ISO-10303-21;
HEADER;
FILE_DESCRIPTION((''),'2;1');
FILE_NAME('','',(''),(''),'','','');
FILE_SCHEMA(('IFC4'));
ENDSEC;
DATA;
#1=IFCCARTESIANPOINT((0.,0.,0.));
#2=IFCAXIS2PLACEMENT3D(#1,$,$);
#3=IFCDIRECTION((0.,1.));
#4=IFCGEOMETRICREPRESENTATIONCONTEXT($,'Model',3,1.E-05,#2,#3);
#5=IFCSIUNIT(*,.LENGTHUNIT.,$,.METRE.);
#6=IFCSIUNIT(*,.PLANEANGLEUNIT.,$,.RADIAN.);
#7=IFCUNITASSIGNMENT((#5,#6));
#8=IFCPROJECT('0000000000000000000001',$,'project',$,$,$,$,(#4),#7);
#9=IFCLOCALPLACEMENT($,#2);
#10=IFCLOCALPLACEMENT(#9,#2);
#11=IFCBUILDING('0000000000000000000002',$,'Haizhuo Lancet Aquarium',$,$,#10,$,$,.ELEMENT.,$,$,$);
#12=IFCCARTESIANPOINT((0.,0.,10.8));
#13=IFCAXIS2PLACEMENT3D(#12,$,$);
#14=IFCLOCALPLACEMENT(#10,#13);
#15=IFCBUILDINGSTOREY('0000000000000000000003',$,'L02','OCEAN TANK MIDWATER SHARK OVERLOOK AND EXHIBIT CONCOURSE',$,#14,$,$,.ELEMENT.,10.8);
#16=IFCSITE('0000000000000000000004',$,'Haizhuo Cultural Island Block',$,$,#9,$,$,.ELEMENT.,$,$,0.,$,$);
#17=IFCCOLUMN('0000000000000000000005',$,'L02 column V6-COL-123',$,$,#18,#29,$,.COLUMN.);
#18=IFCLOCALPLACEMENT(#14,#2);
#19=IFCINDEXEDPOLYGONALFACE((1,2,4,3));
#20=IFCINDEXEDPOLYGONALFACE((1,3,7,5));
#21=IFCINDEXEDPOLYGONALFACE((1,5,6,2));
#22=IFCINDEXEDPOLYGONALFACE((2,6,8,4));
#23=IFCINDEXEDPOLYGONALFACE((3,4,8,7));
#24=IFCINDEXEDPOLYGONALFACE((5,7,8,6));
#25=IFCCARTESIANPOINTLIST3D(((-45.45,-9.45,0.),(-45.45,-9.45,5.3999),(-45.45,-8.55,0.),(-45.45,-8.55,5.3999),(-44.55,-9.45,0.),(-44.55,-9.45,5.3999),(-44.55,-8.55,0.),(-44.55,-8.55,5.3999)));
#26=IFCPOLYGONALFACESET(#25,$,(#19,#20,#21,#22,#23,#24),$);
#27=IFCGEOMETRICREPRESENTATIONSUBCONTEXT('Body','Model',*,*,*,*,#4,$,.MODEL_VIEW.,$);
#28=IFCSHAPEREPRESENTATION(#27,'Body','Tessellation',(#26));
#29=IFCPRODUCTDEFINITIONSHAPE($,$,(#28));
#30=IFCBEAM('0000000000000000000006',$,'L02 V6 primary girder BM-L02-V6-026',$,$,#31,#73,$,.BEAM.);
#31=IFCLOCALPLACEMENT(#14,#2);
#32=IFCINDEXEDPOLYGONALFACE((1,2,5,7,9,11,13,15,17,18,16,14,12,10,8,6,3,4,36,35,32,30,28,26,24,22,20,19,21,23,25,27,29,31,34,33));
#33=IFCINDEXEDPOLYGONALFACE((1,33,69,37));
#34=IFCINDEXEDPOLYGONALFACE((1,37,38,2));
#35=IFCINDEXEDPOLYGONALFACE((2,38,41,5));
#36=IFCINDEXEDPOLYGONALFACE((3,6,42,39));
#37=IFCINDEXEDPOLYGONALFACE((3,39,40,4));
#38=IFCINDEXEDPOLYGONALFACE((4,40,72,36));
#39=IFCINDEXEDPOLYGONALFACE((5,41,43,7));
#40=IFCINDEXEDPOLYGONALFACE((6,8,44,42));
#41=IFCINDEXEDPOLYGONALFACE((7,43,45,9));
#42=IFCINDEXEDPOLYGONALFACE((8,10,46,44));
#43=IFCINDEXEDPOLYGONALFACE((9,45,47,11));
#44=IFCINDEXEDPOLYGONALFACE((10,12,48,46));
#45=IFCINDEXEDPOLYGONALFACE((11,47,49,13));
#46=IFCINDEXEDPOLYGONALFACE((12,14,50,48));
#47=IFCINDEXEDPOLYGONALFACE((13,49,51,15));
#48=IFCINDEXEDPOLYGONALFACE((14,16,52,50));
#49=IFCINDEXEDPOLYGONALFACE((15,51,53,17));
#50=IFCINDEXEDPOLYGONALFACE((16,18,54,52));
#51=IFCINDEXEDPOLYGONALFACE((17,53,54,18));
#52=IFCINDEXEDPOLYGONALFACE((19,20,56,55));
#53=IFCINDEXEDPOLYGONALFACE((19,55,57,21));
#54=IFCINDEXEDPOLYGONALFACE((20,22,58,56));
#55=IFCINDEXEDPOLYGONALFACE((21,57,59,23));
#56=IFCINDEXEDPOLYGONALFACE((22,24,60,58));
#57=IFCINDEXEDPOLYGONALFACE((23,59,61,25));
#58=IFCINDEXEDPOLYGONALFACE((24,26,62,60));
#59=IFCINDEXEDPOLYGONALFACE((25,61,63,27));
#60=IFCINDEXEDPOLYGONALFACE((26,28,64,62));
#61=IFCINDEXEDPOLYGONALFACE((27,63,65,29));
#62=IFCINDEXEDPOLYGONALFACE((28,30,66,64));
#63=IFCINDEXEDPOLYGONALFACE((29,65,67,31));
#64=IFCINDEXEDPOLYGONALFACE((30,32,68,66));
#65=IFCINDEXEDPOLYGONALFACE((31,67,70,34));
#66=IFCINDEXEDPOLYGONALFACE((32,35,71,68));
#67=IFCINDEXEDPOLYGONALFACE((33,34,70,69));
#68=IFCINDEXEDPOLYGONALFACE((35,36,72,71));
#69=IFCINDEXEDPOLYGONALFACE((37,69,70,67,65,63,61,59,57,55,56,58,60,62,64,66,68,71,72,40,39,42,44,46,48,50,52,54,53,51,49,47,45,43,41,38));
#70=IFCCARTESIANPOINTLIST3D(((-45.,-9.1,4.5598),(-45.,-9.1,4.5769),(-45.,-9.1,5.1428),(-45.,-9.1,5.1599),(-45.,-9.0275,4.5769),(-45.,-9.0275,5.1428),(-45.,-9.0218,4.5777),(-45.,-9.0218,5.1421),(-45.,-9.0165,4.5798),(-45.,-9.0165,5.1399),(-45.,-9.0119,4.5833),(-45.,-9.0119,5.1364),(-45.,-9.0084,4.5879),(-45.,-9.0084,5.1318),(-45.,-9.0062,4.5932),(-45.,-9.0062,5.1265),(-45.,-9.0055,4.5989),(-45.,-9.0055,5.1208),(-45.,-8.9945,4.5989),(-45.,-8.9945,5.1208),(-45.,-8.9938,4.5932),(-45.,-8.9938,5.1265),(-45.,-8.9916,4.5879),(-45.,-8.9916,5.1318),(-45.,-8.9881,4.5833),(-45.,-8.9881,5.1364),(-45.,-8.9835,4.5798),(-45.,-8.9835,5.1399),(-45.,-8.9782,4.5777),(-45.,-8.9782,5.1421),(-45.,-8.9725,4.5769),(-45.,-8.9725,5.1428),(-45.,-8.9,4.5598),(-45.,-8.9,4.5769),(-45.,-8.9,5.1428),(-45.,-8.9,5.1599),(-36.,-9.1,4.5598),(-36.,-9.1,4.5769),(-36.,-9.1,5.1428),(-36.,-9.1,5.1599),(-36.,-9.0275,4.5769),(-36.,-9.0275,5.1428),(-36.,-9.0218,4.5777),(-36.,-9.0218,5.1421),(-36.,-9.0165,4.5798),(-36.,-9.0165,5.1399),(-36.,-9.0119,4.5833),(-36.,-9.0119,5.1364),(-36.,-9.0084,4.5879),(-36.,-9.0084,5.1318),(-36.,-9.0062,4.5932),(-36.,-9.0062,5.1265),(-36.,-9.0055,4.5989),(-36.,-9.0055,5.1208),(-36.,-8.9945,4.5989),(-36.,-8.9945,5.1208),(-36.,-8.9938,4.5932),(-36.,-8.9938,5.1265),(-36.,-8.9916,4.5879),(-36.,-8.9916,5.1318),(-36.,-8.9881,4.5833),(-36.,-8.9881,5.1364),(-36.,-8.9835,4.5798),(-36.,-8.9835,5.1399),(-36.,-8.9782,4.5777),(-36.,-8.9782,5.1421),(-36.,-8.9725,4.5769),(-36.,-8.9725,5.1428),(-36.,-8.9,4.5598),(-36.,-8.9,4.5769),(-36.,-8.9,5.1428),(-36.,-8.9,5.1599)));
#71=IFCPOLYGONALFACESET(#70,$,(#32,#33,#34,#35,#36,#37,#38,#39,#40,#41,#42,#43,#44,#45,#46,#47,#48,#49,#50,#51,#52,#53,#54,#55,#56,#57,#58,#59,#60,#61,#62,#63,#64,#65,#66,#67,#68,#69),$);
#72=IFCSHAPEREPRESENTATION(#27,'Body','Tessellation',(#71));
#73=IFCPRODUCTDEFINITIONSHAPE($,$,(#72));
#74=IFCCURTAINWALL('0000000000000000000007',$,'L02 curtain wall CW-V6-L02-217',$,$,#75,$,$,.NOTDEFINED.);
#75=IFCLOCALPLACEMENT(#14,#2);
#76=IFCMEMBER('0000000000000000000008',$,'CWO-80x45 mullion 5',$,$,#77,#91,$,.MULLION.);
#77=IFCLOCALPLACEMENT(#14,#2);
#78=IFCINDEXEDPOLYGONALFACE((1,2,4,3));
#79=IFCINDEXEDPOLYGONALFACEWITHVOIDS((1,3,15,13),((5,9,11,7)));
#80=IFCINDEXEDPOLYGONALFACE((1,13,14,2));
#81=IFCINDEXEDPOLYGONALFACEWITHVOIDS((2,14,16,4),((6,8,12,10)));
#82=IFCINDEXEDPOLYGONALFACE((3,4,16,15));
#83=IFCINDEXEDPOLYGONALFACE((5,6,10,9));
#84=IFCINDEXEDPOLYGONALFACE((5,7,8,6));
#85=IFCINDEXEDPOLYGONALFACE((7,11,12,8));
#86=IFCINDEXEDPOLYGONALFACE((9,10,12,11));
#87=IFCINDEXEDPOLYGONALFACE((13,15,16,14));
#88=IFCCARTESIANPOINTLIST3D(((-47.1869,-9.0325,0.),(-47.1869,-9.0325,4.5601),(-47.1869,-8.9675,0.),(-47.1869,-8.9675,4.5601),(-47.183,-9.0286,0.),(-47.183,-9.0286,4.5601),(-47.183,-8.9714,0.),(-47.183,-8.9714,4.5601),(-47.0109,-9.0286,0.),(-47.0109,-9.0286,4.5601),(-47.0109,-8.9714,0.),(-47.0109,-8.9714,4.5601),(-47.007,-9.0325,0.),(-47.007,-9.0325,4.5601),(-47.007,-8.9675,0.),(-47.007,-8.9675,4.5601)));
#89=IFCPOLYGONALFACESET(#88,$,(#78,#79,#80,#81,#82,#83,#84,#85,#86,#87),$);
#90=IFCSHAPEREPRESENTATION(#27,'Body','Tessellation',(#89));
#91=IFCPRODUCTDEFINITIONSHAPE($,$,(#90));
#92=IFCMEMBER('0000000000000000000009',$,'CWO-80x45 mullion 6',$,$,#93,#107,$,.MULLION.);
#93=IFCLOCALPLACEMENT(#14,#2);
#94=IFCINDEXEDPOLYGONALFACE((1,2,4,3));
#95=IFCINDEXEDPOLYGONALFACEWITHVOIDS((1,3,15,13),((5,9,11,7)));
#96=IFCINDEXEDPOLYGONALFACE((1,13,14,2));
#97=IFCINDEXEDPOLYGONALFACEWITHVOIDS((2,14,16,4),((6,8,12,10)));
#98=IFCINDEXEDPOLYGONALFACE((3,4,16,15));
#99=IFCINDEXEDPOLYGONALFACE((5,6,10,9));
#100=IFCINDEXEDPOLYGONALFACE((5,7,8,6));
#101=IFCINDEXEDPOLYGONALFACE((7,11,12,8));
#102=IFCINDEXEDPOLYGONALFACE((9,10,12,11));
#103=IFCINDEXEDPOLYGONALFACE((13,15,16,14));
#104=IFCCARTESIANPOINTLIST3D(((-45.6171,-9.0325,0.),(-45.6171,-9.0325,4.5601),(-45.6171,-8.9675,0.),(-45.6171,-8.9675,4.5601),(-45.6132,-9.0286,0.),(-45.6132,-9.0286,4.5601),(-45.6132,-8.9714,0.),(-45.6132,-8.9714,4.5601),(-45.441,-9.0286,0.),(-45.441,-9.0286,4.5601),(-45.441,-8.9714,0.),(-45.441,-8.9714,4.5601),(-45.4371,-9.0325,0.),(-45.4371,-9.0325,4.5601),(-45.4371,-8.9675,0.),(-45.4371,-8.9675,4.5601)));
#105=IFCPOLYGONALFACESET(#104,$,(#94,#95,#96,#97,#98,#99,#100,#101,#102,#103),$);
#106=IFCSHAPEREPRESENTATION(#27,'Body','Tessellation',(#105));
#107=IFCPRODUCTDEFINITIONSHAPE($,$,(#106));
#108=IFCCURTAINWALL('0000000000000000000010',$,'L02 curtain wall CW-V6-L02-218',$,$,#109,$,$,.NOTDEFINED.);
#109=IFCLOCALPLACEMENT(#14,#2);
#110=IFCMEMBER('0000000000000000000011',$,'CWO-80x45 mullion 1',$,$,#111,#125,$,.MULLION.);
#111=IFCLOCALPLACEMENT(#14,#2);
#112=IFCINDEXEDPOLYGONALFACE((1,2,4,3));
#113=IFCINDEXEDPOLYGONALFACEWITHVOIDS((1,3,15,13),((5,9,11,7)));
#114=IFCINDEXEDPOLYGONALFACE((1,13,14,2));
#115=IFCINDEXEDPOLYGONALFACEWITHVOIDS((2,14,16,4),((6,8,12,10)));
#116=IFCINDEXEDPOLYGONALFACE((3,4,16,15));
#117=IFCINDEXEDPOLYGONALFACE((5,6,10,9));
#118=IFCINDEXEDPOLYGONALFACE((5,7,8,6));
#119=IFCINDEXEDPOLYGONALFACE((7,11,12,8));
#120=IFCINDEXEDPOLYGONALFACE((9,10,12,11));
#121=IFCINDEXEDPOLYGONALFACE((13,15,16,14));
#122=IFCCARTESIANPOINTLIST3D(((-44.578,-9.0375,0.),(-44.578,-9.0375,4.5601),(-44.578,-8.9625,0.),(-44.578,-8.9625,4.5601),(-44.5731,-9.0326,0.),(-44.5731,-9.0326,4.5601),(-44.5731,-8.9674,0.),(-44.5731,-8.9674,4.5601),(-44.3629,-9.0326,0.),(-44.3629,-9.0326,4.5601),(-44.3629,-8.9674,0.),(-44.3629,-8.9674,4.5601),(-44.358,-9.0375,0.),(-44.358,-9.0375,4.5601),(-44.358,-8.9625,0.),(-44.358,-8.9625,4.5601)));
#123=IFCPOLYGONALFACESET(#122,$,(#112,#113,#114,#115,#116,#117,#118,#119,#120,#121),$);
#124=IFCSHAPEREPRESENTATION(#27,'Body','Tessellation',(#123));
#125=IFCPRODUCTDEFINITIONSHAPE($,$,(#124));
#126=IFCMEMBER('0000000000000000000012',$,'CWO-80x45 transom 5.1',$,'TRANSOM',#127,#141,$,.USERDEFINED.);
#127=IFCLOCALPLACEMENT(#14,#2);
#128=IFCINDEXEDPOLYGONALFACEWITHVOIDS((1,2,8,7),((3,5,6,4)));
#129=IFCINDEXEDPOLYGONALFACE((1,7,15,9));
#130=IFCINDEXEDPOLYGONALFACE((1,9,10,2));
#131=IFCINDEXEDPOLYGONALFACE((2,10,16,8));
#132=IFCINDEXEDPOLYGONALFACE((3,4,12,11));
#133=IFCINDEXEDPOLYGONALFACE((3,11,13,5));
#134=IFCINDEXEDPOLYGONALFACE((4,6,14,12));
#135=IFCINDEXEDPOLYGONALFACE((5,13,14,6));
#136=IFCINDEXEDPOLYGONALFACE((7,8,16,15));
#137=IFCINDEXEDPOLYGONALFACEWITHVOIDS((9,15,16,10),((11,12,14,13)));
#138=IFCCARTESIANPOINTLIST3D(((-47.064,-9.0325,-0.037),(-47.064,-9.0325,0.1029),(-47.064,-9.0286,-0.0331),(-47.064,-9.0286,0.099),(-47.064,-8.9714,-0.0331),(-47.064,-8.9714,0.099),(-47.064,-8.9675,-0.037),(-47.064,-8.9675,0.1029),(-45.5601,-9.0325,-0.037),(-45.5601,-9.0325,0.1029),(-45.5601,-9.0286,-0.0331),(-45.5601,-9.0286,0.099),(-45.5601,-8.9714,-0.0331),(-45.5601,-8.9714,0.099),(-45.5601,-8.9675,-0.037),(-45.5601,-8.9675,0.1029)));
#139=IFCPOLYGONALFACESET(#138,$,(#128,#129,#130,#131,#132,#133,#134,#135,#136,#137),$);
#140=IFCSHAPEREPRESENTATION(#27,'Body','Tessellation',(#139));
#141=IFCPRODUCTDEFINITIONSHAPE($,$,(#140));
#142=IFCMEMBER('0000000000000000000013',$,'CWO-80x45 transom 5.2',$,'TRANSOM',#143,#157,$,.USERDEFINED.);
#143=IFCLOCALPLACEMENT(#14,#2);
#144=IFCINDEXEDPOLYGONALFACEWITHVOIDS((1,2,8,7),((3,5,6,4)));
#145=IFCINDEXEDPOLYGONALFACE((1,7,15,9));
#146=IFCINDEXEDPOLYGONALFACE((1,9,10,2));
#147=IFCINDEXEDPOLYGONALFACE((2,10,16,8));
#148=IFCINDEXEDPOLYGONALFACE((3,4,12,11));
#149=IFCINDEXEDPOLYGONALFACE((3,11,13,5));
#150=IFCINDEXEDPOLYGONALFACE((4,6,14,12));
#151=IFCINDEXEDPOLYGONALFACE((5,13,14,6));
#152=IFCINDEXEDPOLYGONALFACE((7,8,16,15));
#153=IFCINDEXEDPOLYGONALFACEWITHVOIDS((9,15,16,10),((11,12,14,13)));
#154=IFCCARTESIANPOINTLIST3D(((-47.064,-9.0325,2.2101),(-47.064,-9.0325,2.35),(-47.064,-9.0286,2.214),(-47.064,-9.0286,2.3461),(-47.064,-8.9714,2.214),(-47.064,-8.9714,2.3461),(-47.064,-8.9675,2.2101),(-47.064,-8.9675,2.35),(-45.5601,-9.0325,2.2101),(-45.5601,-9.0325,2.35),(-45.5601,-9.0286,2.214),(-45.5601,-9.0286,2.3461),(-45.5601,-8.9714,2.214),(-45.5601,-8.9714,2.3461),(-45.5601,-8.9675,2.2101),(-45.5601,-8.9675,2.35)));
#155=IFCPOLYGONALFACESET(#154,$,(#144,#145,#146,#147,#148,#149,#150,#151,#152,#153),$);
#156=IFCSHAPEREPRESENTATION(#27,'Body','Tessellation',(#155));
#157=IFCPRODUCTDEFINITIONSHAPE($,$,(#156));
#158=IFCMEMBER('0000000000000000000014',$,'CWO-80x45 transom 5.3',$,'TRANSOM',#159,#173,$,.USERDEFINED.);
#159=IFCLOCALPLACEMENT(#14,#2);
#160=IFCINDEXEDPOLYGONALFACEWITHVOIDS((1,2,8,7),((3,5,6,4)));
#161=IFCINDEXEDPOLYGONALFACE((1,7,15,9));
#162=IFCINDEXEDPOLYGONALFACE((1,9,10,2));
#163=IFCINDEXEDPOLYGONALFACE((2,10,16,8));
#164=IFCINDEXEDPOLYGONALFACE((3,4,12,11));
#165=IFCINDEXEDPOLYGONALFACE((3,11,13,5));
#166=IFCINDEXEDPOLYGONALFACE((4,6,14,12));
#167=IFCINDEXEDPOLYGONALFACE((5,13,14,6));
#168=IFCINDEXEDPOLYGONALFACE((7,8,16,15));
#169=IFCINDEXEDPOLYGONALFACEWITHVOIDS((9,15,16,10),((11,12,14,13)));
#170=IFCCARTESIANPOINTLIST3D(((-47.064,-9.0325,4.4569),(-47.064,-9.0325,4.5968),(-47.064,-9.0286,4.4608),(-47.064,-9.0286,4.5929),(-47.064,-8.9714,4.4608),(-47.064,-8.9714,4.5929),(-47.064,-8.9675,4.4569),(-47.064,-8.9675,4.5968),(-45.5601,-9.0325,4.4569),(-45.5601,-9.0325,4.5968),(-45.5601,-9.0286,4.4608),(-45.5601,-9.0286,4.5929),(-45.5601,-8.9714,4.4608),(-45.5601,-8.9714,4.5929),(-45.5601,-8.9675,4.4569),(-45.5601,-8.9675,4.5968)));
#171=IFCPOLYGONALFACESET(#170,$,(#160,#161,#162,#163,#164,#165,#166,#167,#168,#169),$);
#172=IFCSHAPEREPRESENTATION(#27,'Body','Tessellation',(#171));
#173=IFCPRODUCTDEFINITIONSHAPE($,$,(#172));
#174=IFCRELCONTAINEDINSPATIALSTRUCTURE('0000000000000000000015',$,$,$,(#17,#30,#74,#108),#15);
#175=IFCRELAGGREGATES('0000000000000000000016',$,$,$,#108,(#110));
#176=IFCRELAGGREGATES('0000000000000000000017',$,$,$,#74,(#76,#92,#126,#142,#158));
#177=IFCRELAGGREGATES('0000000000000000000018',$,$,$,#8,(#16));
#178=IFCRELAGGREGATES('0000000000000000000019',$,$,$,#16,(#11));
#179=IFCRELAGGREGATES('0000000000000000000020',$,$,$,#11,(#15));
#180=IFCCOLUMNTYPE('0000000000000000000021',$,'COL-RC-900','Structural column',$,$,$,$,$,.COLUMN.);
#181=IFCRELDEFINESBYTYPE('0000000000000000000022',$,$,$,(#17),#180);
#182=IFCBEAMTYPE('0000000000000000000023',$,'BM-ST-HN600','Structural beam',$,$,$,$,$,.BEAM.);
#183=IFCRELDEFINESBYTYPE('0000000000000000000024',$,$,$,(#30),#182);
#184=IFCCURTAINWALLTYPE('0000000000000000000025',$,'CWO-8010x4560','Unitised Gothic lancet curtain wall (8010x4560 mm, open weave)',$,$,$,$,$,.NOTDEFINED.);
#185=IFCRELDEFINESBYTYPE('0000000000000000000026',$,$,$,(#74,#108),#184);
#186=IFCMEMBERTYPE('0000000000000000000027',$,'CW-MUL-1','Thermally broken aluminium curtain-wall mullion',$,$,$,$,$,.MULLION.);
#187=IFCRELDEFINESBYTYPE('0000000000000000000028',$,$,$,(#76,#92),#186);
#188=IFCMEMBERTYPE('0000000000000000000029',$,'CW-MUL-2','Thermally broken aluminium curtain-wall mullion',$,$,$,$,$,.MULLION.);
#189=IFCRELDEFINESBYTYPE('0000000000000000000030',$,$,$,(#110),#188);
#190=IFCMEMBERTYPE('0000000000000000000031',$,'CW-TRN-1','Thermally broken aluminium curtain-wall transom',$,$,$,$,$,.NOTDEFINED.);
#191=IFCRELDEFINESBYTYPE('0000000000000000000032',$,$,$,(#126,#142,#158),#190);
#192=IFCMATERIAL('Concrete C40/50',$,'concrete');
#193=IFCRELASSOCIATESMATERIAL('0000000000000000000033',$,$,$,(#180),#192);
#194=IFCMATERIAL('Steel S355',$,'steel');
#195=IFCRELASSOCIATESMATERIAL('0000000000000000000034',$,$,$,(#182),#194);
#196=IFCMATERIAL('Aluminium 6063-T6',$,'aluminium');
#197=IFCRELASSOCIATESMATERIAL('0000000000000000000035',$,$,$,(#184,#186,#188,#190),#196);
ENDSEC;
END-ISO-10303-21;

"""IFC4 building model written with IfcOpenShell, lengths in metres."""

from ifc_helpers import new_model, si_unit, direction, frame, origin, origin_2d, place, context, subcontext, project, spatial, rectangle, hollow_rectangle, i_section, extrude, material, material_profile, profile_set, type_object, element, aggregate, save


model = new_model("IFC4")

# Units and contexts
model_context = context("Model", 3, precision=1e-05, world=origin(), true_north=direction((0.0, 1.0)))
body_context = subcontext(model_context, "Body", "Model", "MODEL_VIEW")
ifc_project = project(units=[si_unit("LENGTHUNIT", "METRE"), si_unit("PLANEANGLEUNIT", "RADIAN")], contexts=[model_context])

# Site, building, storey
site_placement = place(None, origin())
site = spatial("IfcSite", under=ifc_project, at=site_placement, Name="Haizhuo Cultural Island Block", CompositionType="ELEMENT", RefElevation=0.0)
building_placement = place(site_placement, origin())
building = spatial("IfcBuilding", under=site, at=building_placement, Name="Haizhuo Lancet Aquarium", CompositionType="ELEMENT")
storey_placement = place(building_placement, frame((0.0, 0.0, 10.8)))
storey = spatial("IfcBuildingStorey", under=building, at=storey_placement, Name="L02", Description="OCEAN TANK MIDWATER SHARK OVERLOOK AND EXHIBIT CONCOURSE", CompositionType="ELEMENT", Elevation=10.8)

# Column
ifc_material_1 = material(Name="Concrete C40/50", Category="concrete")
ifc_material_profile_1 = material_profile(ifc_material_1, rectangle(XDim=0.8999, YDim=0.8999, at=origin_2d()), Name="RC-COL 900x900")
ifc_profile_set_1 = profile_set([ifc_material_profile_1], Name="Concrete C40/50")
column_type = type_object("IfcColumnType", Name="COL-RC-900", Description="Structural column", PredefinedType="COLUMN", material=ifc_profile_set_1)
column_placement = place(storey_placement, frame((-45.0, -9.0, 0.0), z_axis=(0.0, 0.0, 1.0), x_axis=(1.0, 0.0, 0.0)))
element("IfcColumn", 1, at=column_placement, inside=storey, type_object=column_type, Name="L02 column V6-COL-123", PredefinedType="COLUMN", context=body_context, shape_type="SweptSolid", body=[
    extrude(rectangle(XDim=0.8999, YDim=0.8999, at=origin_2d()), origin(), (0.0, 0.0, 1.0), 5.3999),
])

# Beam
ifc_material_2 = material(Name="Steel S355", Category="steel")
ifc_material_profile_2 = material_profile(ifc_material_2, i_section(OverallWidth=0.2, OverallDepth=0.6001, WebThickness=0.011, FlangeThickness=0.0171, FilletRadius=0.022, at=origin_2d()), Name="HN 600x200x11x17")
ifc_profile_set_2 = profile_set([ifc_material_profile_2], Name="Steel S355")
beam_type = type_object("IfcBeamType", Name="BM-ST-HN600", Description="Structural beam", PredefinedType="BEAM", material=ifc_profile_set_2)
beam_placement = place(storey_placement, frame((-45.0, -9.0, 4.8599), z_axis=(1.0, 0.0, 0.0), x_axis=(0.0, 1.0, 0.0)))
element("IfcBeam", 2, at=beam_placement, inside=storey, type_object=beam_type, Name="L02 V6 primary girder BM-L02-V6-026", PredefinedType="BEAM", context=body_context, shape_type="SweptSolid", body=[
    extrude(i_section(OverallWidth=0.2, OverallDepth=0.6001, WebThickness=0.011, FlangeThickness=0.0171, FilletRadius=0.022, at=origin_2d()), origin(), (0.0, 0.0, 1.0), 9.0),
])

# Curtain wall, members
ifc_material_3 = material(Name="Aluminium 6063-T6", Category="aluminium")
curtain_wall_type = type_object("IfcCurtainWallType", Name="CWO-8010x4560", Description="Unitised Gothic lancet curtain wall (8010x4560 mm, open weave)", PredefinedType="NOTDEFINED", material=ifc_material_3)
curtain_wall_1_placement = place(storey_placement, origin())
curtain_wall_1 = element("IfcCurtainWall", 3, at=curtain_wall_1_placement, inside=storey, type_object=curtain_wall_type, Name="L02 curtain wall CW-V6-L02-217", PredefinedType="NOTDEFINED")
ifc_material_profile_3 = material_profile(ifc_material_3, hollow_rectangle(XDim=0.0649, YDim=0.1799, WallThickness=0.0039, at=origin_2d()), Name="ALU-M 65x180x4")
ifc_profile_set_3 = profile_set([ifc_material_profile_3], Name="Aluminium 6063-T6")
member_type_1 = type_object("IfcMemberType", Name="CW-MUL-1", Description="Thermally broken aluminium curtain-wall mullion", PredefinedType="MULLION", material=ifc_profile_set_3)
member_1_placement = place(storey_placement, frame((-47.0969, -9.0, 0.0), z_axis=(0.0, 0.0, 1.0), x_axis=(0.0, 1.0, 0.0)))
member_1 = element("IfcMember", 4, at=member_1_placement, type_object=member_type_1, Name="CWO-80x45 mullion 5", PredefinedType="MULLION", context=body_context, shape_type="SweptSolid", body=[
    extrude(hollow_rectangle(XDim=0.0649, YDim=0.1799, WallThickness=0.0039, at=origin_2d()), origin(), (0.0, 0.0, 1.0), 4.5601),
])
member_2_placement = place(storey_placement, frame((-45.5271, -9.0, 0.0), z_axis=(0.0, 0.0, 1.0), x_axis=(0.0, 1.0, 0.0)))
member_2 = element("IfcMember", 5, at=member_2_placement, type_object=member_type_1, Name="CWO-80x45 mullion 6", PredefinedType="MULLION", context=body_context, shape_type="SweptSolid", body=[
    extrude(hollow_rectangle(XDim=0.0649, YDim=0.1799, WallThickness=0.0039, at=origin_2d()), origin(), (0.0, 0.0, 1.0), 4.5601),
])

# Curtain wall, member
curtain_wall_2_placement = place(storey_placement, origin())
curtain_wall_2 = element("IfcCurtainWall", 6, at=curtain_wall_2_placement, inside=storey, type_object=curtain_wall_type, Name="L02 curtain wall CW-V6-L02-218", PredefinedType="NOTDEFINED")
ifc_material_profile_4 = material_profile(ifc_material_3, hollow_rectangle(XDim=0.075, YDim=0.22, WallThickness=0.0049, at=origin_2d()), Name="ALU-M 75x220x5")
ifc_profile_set_4 = profile_set([ifc_material_profile_4], Name="Aluminium 6063-T6")
member_type_2 = type_object("IfcMemberType", Name="CW-MUL-2", Description="Thermally broken aluminium curtain-wall mullion", PredefinedType="MULLION", material=ifc_profile_set_4)
member_3_placement = place(storey_placement, frame((-44.468, -9.0, 0.0), z_axis=(0.0, 0.0, 1.0), x_axis=(0.0, 1.0, 0.0)))
member_3 = element("IfcMember", 7, at=member_3_placement, type_object=member_type_2, Name="CWO-80x45 mullion 1", PredefinedType="MULLION", context=body_context, shape_type="SweptSolid", body=[
    extrude(hollow_rectangle(XDim=0.075, YDim=0.22, WallThickness=0.0049, at=origin_2d()), origin(), (0.0, 0.0, 1.0), 4.5601),
])

# Members
ifc_material_profile_5 = material_profile(ifc_material_3, hollow_rectangle(XDim=0.0649, YDim=0.1399, WallThickness=0.0039, at=origin_2d()), Name="ALU-T 65x140x4")
ifc_profile_set_5 = profile_set([ifc_material_profile_5], Name="Aluminium 6063-T6")
member_type_3 = type_object("IfcMemberType", Name="CW-TRN-1", Description="Thermally broken aluminium curtain-wall transom", PredefinedType="NOTDEFINED", material=ifc_profile_set_5)
member_4_placement = place(storey_placement, frame((-47.064, -9.0, 0.033), z_axis=(1.0, 0.0, 0.0), x_axis=(0.0, 1.0, 0.0)))
member_4 = element("IfcMember", 8, at=member_4_placement, type_object=member_type_3, Name="CWO-80x45 transom 5.1", ObjectType="TRANSOM", PredefinedType="USERDEFINED", context=body_context, shape_type="SweptSolid", body=[
    extrude(hollow_rectangle(XDim=0.0649, YDim=0.1399, WallThickness=0.0039, at=origin_2d()), origin(), (0.0, 0.0, 1.0), 1.5039),
])
member_5_placement = place(storey_placement, frame((-47.064, -9.0, 2.28), z_axis=(1.0, 0.0, 0.0), x_axis=(0.0, 1.0, 0.0)))
member_5 = element("IfcMember", 9, at=member_5_placement, type_object=member_type_3, Name="CWO-80x45 transom 5.2", ObjectType="TRANSOM", PredefinedType="USERDEFINED", context=body_context, shape_type="SweptSolid", body=[
    extrude(hollow_rectangle(XDim=0.0649, YDim=0.1399, WallThickness=0.0039, at=origin_2d()), origin(), (0.0, 0.0, 1.0), 1.5039),
])
member_6_placement = place(storey_placement, frame((-47.064, -9.0, 4.5269), z_axis=(1.0, 0.0, 0.0), x_axis=(0.0, 1.0, 0.0)))
member_6 = element("IfcMember", 10, at=member_6_placement, type_object=member_type_3, Name="CWO-80x45 transom 5.3", ObjectType="TRANSOM", PredefinedType="USERDEFINED", context=body_context, shape_type="SweptSolid", body=[
    extrude(hollow_rectangle(XDim=0.0649, YDim=0.1399, WallThickness=0.0039, at=origin_2d()), origin(), (0.0, 0.0, 1.0), 1.5039),
])
aggregate(curtain_wall_2, [member_3])

aggregate(curtain_wall_1, [member_1, member_2, member_4, member_5, member_6])

save(model, "model.ifc")
